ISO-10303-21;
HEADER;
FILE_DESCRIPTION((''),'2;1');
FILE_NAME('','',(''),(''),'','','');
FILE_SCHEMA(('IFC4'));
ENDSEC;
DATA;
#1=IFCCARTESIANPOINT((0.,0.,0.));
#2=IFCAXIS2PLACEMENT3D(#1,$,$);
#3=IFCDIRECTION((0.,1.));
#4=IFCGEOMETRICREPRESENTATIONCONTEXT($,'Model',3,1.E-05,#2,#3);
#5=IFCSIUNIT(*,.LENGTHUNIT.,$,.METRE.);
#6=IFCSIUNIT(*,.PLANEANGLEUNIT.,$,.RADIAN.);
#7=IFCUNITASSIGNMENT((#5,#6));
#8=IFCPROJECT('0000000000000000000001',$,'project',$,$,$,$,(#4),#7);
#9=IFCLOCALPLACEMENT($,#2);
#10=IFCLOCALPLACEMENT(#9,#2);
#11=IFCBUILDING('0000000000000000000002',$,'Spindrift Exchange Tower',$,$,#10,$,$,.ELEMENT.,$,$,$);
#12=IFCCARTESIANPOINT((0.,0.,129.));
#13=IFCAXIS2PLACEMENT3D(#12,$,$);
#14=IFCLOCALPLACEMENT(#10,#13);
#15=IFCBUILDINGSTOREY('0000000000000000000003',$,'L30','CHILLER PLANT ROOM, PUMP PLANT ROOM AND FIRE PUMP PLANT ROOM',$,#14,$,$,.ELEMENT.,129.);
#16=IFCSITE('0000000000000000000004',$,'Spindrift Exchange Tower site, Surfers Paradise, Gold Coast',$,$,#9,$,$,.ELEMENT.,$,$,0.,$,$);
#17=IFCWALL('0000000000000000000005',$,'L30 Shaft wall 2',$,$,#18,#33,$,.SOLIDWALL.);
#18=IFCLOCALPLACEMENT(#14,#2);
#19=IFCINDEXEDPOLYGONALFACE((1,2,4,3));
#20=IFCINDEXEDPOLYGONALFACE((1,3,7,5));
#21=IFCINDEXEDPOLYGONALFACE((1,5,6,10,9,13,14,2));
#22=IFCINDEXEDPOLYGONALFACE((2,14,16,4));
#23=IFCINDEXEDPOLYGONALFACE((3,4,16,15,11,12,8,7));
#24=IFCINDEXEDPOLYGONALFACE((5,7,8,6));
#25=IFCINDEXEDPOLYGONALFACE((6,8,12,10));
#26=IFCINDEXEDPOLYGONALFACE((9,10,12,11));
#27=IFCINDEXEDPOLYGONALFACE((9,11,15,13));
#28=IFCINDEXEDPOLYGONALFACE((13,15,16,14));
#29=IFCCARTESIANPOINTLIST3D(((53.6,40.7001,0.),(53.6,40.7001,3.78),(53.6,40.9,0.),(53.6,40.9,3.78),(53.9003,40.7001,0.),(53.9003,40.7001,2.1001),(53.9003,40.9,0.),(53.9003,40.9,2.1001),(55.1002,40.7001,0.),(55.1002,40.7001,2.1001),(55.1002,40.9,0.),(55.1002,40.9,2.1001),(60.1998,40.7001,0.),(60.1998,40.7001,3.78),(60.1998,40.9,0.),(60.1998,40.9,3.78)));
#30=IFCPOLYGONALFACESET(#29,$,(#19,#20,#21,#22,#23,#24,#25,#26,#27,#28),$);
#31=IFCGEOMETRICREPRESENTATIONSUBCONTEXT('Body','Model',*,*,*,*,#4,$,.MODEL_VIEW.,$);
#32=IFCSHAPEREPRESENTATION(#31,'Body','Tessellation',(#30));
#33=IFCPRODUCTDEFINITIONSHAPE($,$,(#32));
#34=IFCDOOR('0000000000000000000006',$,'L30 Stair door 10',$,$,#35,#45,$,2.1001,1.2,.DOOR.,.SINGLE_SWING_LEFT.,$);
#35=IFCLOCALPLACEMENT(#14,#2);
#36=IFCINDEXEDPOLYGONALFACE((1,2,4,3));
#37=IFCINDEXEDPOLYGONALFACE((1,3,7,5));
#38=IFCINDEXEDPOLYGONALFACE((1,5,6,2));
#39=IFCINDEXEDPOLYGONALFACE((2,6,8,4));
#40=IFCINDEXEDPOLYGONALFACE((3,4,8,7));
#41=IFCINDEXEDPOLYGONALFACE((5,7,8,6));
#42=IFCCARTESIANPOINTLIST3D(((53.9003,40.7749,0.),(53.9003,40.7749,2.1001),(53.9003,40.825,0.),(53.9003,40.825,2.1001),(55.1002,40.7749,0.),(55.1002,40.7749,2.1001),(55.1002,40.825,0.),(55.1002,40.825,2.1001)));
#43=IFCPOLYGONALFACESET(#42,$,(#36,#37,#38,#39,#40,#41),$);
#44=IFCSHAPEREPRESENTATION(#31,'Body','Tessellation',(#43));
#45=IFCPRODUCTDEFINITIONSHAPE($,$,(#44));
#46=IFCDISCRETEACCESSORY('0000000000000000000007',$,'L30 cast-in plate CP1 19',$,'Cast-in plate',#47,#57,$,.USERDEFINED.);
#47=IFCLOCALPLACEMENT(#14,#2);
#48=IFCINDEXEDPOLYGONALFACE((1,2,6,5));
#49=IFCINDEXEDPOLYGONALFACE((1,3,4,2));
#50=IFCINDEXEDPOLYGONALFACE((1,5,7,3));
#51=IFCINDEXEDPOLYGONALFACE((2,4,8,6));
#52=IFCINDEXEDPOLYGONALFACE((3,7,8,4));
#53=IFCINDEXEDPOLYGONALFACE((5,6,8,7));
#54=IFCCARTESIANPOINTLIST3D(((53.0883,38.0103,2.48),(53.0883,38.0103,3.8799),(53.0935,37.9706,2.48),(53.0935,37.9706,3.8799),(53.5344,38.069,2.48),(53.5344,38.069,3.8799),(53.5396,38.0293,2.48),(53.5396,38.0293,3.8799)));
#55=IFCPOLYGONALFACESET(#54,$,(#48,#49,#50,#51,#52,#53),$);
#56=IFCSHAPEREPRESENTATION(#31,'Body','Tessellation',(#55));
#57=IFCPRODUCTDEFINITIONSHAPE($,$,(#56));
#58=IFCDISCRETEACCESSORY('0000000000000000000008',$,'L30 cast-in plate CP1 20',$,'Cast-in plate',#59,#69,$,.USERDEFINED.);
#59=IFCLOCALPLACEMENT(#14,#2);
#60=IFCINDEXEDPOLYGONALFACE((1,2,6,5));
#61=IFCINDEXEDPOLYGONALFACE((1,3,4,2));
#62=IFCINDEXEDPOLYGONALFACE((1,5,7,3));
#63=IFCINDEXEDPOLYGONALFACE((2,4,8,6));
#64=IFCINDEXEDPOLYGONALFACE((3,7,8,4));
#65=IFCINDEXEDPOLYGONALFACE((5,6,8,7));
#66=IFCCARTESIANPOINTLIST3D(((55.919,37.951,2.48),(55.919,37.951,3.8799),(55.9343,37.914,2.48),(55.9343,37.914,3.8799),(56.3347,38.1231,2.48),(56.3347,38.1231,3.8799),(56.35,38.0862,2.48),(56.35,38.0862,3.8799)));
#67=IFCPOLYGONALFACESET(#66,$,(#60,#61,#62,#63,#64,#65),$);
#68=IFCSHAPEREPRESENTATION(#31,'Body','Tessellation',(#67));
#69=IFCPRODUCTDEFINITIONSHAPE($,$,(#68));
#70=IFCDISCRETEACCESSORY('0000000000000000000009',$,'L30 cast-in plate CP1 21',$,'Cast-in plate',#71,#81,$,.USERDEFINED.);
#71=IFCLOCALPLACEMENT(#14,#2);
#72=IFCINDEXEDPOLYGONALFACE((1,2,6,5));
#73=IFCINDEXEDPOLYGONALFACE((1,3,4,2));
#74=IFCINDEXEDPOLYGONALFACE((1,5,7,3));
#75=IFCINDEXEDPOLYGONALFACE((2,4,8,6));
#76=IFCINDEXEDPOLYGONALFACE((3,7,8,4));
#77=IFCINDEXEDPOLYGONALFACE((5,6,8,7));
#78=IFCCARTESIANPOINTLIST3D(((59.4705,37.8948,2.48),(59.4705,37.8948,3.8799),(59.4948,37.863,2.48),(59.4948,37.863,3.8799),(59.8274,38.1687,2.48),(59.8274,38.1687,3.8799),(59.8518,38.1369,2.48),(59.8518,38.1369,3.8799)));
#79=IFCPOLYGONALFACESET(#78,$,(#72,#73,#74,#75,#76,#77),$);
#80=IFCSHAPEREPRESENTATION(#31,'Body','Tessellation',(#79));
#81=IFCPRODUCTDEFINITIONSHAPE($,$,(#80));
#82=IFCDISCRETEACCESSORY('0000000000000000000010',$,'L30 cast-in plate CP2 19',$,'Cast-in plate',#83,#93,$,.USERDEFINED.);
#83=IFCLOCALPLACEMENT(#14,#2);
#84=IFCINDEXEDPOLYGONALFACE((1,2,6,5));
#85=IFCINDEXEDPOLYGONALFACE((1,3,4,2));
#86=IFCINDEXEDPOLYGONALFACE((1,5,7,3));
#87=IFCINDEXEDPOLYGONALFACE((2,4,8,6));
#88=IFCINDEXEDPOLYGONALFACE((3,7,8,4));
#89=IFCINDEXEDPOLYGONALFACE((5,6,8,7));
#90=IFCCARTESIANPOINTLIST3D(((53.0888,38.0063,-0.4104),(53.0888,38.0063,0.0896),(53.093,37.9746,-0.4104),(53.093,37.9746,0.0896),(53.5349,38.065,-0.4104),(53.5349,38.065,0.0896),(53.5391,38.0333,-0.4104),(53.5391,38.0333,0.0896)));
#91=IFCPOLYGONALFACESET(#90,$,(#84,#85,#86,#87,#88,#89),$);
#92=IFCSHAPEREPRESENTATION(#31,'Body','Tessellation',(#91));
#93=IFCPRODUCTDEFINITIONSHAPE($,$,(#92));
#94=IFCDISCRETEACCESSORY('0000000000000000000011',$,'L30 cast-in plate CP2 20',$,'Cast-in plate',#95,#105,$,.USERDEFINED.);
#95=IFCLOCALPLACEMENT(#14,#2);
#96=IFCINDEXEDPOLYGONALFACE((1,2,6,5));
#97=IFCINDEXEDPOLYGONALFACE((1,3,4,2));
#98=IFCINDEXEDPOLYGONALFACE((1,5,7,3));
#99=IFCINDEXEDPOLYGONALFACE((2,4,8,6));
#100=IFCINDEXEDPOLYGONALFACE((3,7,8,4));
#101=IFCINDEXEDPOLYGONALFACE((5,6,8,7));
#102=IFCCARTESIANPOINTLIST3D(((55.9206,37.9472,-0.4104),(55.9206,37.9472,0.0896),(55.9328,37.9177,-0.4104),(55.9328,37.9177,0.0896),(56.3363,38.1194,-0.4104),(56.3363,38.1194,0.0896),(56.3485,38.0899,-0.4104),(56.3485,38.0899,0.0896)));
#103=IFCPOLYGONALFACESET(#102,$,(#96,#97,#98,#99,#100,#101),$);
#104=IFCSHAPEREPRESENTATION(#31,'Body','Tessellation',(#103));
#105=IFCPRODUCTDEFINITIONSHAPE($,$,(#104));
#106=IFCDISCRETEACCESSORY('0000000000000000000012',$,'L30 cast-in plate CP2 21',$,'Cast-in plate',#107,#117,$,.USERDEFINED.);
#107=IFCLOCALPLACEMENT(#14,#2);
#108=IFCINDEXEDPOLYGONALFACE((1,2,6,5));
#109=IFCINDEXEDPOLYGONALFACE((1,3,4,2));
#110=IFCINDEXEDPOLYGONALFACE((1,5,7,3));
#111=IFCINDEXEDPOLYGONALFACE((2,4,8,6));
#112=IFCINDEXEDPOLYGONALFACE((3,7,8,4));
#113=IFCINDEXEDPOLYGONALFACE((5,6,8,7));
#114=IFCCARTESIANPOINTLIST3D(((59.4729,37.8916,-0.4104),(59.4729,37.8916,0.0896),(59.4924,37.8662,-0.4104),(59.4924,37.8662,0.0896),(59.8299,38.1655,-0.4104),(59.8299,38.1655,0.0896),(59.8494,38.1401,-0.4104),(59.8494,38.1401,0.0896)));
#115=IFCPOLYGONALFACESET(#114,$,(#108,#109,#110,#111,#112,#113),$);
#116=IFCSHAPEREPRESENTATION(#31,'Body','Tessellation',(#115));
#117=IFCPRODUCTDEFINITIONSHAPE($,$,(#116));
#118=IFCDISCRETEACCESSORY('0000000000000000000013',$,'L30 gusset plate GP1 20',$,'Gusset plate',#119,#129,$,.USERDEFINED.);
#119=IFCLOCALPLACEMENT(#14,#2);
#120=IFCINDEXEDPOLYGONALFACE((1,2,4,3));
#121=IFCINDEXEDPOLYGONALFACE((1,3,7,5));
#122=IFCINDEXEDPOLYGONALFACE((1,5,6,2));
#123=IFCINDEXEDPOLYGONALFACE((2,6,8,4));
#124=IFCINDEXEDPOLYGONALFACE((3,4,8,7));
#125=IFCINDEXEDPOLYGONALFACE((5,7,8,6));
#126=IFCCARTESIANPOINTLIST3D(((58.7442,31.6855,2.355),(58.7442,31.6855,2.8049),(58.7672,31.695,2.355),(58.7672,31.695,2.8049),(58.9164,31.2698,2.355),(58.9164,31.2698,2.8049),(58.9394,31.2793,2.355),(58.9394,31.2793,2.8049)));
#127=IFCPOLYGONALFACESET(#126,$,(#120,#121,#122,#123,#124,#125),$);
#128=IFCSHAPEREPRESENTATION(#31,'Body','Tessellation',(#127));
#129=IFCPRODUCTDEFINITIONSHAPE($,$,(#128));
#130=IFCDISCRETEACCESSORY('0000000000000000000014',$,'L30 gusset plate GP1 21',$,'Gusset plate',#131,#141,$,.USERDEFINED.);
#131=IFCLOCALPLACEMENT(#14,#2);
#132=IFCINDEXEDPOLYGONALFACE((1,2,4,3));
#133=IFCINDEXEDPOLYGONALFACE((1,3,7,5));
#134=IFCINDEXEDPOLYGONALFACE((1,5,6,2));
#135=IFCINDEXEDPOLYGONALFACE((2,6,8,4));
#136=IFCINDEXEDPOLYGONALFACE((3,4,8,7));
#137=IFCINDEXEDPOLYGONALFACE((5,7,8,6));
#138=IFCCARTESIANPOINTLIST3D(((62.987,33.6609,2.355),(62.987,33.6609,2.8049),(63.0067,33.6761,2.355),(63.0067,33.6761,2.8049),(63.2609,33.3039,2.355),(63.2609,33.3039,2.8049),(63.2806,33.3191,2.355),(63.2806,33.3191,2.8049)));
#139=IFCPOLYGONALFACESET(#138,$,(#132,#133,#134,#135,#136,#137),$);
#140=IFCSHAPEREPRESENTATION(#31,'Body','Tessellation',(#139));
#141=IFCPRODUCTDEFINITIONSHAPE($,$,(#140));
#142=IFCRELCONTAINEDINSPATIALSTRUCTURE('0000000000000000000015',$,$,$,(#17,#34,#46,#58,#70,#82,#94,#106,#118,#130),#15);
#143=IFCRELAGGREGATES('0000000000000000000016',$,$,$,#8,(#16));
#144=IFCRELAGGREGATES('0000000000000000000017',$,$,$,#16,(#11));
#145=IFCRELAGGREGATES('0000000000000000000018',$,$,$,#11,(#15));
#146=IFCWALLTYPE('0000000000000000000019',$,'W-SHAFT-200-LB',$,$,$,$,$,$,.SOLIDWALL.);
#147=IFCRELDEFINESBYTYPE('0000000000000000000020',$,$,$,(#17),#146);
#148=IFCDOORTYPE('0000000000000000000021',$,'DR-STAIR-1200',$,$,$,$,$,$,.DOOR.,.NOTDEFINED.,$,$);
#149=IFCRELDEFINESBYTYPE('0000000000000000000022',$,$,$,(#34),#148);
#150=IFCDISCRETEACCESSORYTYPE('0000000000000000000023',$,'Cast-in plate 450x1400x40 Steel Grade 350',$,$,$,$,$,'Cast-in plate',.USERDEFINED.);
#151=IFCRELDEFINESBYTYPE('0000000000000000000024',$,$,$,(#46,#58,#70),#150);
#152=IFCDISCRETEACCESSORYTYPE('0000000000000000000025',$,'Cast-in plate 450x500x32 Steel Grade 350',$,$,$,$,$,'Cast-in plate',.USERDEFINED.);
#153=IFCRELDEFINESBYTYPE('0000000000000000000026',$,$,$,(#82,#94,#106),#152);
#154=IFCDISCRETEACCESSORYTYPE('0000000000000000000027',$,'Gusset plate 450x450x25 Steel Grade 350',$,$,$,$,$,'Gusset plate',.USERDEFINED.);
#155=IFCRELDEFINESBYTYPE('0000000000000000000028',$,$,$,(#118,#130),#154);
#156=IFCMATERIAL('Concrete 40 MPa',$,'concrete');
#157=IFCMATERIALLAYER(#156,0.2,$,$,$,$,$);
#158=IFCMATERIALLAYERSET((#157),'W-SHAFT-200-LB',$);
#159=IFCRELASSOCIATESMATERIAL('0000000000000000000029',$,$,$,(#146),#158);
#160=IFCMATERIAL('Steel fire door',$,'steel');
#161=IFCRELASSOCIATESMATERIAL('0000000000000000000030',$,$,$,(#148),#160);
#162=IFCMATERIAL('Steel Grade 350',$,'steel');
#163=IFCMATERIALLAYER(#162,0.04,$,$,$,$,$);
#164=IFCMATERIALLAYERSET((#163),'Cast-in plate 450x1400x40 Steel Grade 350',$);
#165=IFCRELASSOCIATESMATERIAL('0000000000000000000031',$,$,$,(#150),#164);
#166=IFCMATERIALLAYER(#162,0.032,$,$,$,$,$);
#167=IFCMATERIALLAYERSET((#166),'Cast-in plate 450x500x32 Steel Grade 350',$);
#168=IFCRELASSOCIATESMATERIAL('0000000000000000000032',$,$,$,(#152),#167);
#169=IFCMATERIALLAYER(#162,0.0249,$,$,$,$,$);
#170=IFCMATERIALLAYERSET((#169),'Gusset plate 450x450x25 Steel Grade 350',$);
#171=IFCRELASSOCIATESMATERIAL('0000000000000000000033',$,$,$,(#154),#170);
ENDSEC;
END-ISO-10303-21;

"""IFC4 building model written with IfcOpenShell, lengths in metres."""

from ifc_helpers import new_model, si_unit, direction, frame, frame_2d, origin, origin_2d, place, context, subcontext, project, spatial, rectangle, extrude, source, transform, mapped, material, layer, layer_set, type_object, element, fill, save


model = new_model("IFC4")

# Units and contexts
model_context = context("Model", 3, precision=1e-05, world=origin(), true_north=direction((0.0, 1.0)))
body_context = subcontext(model_context, "Body", "Model", "MODEL_VIEW")
ifc_project = project(units=[si_unit("LENGTHUNIT", "METRE"), si_unit("PLANEANGLEUNIT", "RADIAN")], contexts=[model_context])

# Site, building, storey
site_placement = place(None, origin())
site = spatial("IfcSite", under=ifc_project, at=site_placement, Name="Spindrift Exchange Tower site, Surfers Paradise, Gold Coast", CompositionType="ELEMENT", RefElevation=0.0)
building_placement = place(site_placement, origin())
building = spatial("IfcBuilding", under=site, at=building_placement, Name="Spindrift Exchange Tower", CompositionType="ELEMENT")
storey_placement = place(building_placement, frame((0.0, 0.0, 129.0)))
storey = spatial("IfcBuildingStorey", under=building, at=storey_placement, Name="L30", Description="CHILLER PLANT ROOM, PUMP PLANT ROOM AND FIRE PUMP PLANT ROOM", CompositionType="ELEMENT", Elevation=129.0)

# Shared definitions
ifc_material_1 = material(Name="Steel fire door", Category="steel")

# Wall, opening, door
ifc_material_2 = material(Name="Concrete 40 MPa", Category="concrete")
ifc_layer_1 = layer(ifc_material_2, 0.2)
ifc_layer_set_1 = layer_set([ifc_layer_1], Name="W-SHAFT-200-LB")
wall_type_1 = type_object("IfcWallType", Name="W-SHAFT-200-LB", PredefinedType="SOLIDWALL", material=ifc_layer_set_1)
wall_1_placement = place(storey_placement, frame((53.6001, 40.8, 0.0), z_axis=(0.0, 0.0, 1.0), x_axis=(1.0, 0.0, 0.0)))
wall_1 = element("IfcWall", 1, at=wall_1_placement, inside=storey, type_object=wall_type_1, Name="L30 Shaft wall 2", PredefinedType="SOLIDWALL", context=body_context, shape_type="SweptSolid", body=[
    extrude(rectangle(XDim=6.5999, YDim=0.2, at=frame_2d((3.2998, 0.0))), origin(), (0.0, 0.0, 1.0), 3.78),
])
opening_1_placement = place(wall_1_placement, frame((0.3, 0.0, 0.0)))
opening_1 = element("IfcOpeningElement", 2, at=opening_1_placement, cuts=wall_1, PredefinedType="OPENING", context=body_context, shape_type="SweptSolid", body=[
    extrude(rectangle(XDim=1.2, YDim=2.1001, at=frame_2d((0.6001, 1.05))), frame((0.0, 0.1099, 0.0), z_axis=(0.0, -1.0, 0.0), x_axis=(1.0, 0.0, 0.0)), (0.0, 0.0, 1.0), 0.22),
])
door_type_1 = type_object("IfcDoorType", Name="DR-STAIR-1200", OperationType="NOTDEFINED", PredefinedType="DOOR", material=ifc_material_1)
shared_shape_1 = source(origin(), body_context, "Body", "SweptSolid", [
    extrude(rectangle(XDim=1.2, YDim=2.1001, at=frame_2d((0.6001, 1.05))), frame((0.0, 0.0249, 0.0), z_axis=(0.0, -1.0, 0.0), x_axis=(1.0, 0.0, 0.0)), (0.0, 0.0, 1.0), 0.05),
])
door_1_placement = place(opening_1_placement, origin())
door_1 = element("IfcDoor", 3, at=door_1_placement, inside=storey, type_object=door_type_1, Name="L30 Stair door 10", OperationType="SINGLE_SWING_LEFT", OverallHeight=2.1001, OverallWidth=1.2, PredefinedType="DOOR", context=body_context, shape_type="MappedRepresentation", body=[
    mapped(shared_shape_1, transform((0.0, 0.0, 0.0), scale=1.0)),
])
fill(opening_1, door_1)

# Discrete accessories
ifc_material_3 = material(Name="Steel Grade 350", Category="steel")
ifc_layer_2 = layer(ifc_material_3, 0.04)
ifc_layer_set_2 = layer_set([ifc_layer_2], Name="Cast-in plate 450x1400x40 Steel Grade 350")
discrete_accessory_type_1 = type_object("IfcDiscreteAccessoryType", Name="Cast-in plate 450x1400x40 Steel Grade 350", ElementType="Cast-in plate", PredefinedType="USERDEFINED", material=ifc_layer_set_2)
shared_shape_2 = source(origin(), body_context, "Body", "SweptSolid", [
    extrude(rectangle(XDim=0.04, YDim=0.45, at=origin_2d()), origin(), (0.0, 0.0, 1.0), 1.3999),
])
for number, where, z_axis, x_axis, name in (
    (4, (53.314, 38.0198, 2.48), (0.0, 0.0, 1.0), (0.130526, -0.991445, 0.0), "L30 cast-in plate CP1 19"),
    (5, (56.1345, 38.0186, 2.48), (0.0, 0.0, 1.0), (0.382683, -0.92388, 0.0), "L30 cast-in plate CP1 20"),
    (6, (59.6611, 38.0159, 2.48), (0.0, 0.0, 1.0), (0.608761, -0.793353, 0.0), "L30 cast-in plate CP1 21"),
):
    element("IfcDiscreteAccessory", number, at=place(storey_placement, frame(where, z_axis=z_axis, x_axis=x_axis)), inside=storey, type_object=discrete_accessory_type_1, Name=name, ObjectType="Cast-in plate", PredefinedType="USERDEFINED", context=body_context, shape_type="MappedRepresentation", body=[
        mapped(shared_shape_2, transform((0.0, 0.0, 0.0), scale=1.0)),
    ])
ifc_layer_3 = layer(ifc_material_3, 0.032)
ifc_layer_set_3 = layer_set([ifc_layer_3], Name="Cast-in plate 450x500x32 Steel Grade 350")
discrete_accessory_type_2 = type_object("IfcDiscreteAccessoryType", Name="Cast-in plate 450x500x32 Steel Grade 350", ElementType="Cast-in plate", PredefinedType="USERDEFINED", material=ifc_layer_set_3)
shared_shape_3 = source(origin(), body_context, "Body", "SweptSolid", [
    extrude(rectangle(XDim=0.032, YDim=0.45, at=origin_2d()), origin(), (0.0, 0.0, 1.0), 0.5),
])
for number, where, z_axis, x_axis, name in (
    (7, (53.314, 38.0198, -0.4104), (0.0, 0.0, 1.0), (0.130526, -0.991445, 0.0), "L30 cast-in plate CP2 19"),
    (8, (56.1345, 38.0186, -0.4104), (0.0, 0.0, 1.0), (0.382683, -0.92388, 0.0), "L30 cast-in plate CP2 20"),
    (9, (59.6611, 38.0159, -0.4104), (0.0, 0.0, 1.0), (0.608761, -0.793353, 0.0), "L30 cast-in plate CP2 21"),
):
    element("IfcDiscreteAccessory", number, at=place(storey_placement, frame(where, z_axis=z_axis, x_axis=x_axis)), inside=storey, type_object=discrete_accessory_type_2, Name=name, ObjectType="Cast-in plate", PredefinedType="USERDEFINED", context=body_context, shape_type="MappedRepresentation", body=[
        mapped(shared_shape_3, transform((0.0, 0.0, 0.0), scale=1.0)),
    ])
ifc_layer_4 = layer(ifc_material_3, 0.0249)
ifc_layer_set_4 = layer_set([ifc_layer_4], Name="Gusset plate 450x450x25 Steel Grade 350")
discrete_accessory_type_3 = type_object("IfcDiscreteAccessoryType", Name="Gusset plate 450x450x25 Steel Grade 350", ElementType="Gusset plate", PredefinedType="USERDEFINED", material=ifc_layer_set_4)
shared_shape_4 = source(origin(), body_context, "Body", "SweptSolid", [
    extrude(rectangle(XDim=0.45, YDim=0.0249, at=origin_2d()), origin(), (0.0, 0.0, 1.0), 0.45),
])
for number, where, z_axis, x_axis, name in (
    (10, (58.8418, 31.4824, 2.355), (0.0, 0.0, 1.0), (0.382672, -0.923884, 0.0), "L30 gusset plate GP1 20"),
    (11, (63.1338, 33.49, 2.355), (0.0, 0.0, 1.0), (0.608759, -0.793355, 0.0), "L30 gusset plate GP1 21"),
):
    element("IfcDiscreteAccessory", number, at=place(storey_placement, frame(where, z_axis=z_axis, x_axis=x_axis)), inside=storey, type_object=discrete_accessory_type_3, Name=name, ObjectType="Gusset plate", PredefinedType="USERDEFINED", context=body_context, shape_type="MappedRepresentation", body=[
        mapped(shared_shape_4, transform((0.0, 0.0, 0.0), scale=1.0)),
    ])

save(model, "model.ifc")
